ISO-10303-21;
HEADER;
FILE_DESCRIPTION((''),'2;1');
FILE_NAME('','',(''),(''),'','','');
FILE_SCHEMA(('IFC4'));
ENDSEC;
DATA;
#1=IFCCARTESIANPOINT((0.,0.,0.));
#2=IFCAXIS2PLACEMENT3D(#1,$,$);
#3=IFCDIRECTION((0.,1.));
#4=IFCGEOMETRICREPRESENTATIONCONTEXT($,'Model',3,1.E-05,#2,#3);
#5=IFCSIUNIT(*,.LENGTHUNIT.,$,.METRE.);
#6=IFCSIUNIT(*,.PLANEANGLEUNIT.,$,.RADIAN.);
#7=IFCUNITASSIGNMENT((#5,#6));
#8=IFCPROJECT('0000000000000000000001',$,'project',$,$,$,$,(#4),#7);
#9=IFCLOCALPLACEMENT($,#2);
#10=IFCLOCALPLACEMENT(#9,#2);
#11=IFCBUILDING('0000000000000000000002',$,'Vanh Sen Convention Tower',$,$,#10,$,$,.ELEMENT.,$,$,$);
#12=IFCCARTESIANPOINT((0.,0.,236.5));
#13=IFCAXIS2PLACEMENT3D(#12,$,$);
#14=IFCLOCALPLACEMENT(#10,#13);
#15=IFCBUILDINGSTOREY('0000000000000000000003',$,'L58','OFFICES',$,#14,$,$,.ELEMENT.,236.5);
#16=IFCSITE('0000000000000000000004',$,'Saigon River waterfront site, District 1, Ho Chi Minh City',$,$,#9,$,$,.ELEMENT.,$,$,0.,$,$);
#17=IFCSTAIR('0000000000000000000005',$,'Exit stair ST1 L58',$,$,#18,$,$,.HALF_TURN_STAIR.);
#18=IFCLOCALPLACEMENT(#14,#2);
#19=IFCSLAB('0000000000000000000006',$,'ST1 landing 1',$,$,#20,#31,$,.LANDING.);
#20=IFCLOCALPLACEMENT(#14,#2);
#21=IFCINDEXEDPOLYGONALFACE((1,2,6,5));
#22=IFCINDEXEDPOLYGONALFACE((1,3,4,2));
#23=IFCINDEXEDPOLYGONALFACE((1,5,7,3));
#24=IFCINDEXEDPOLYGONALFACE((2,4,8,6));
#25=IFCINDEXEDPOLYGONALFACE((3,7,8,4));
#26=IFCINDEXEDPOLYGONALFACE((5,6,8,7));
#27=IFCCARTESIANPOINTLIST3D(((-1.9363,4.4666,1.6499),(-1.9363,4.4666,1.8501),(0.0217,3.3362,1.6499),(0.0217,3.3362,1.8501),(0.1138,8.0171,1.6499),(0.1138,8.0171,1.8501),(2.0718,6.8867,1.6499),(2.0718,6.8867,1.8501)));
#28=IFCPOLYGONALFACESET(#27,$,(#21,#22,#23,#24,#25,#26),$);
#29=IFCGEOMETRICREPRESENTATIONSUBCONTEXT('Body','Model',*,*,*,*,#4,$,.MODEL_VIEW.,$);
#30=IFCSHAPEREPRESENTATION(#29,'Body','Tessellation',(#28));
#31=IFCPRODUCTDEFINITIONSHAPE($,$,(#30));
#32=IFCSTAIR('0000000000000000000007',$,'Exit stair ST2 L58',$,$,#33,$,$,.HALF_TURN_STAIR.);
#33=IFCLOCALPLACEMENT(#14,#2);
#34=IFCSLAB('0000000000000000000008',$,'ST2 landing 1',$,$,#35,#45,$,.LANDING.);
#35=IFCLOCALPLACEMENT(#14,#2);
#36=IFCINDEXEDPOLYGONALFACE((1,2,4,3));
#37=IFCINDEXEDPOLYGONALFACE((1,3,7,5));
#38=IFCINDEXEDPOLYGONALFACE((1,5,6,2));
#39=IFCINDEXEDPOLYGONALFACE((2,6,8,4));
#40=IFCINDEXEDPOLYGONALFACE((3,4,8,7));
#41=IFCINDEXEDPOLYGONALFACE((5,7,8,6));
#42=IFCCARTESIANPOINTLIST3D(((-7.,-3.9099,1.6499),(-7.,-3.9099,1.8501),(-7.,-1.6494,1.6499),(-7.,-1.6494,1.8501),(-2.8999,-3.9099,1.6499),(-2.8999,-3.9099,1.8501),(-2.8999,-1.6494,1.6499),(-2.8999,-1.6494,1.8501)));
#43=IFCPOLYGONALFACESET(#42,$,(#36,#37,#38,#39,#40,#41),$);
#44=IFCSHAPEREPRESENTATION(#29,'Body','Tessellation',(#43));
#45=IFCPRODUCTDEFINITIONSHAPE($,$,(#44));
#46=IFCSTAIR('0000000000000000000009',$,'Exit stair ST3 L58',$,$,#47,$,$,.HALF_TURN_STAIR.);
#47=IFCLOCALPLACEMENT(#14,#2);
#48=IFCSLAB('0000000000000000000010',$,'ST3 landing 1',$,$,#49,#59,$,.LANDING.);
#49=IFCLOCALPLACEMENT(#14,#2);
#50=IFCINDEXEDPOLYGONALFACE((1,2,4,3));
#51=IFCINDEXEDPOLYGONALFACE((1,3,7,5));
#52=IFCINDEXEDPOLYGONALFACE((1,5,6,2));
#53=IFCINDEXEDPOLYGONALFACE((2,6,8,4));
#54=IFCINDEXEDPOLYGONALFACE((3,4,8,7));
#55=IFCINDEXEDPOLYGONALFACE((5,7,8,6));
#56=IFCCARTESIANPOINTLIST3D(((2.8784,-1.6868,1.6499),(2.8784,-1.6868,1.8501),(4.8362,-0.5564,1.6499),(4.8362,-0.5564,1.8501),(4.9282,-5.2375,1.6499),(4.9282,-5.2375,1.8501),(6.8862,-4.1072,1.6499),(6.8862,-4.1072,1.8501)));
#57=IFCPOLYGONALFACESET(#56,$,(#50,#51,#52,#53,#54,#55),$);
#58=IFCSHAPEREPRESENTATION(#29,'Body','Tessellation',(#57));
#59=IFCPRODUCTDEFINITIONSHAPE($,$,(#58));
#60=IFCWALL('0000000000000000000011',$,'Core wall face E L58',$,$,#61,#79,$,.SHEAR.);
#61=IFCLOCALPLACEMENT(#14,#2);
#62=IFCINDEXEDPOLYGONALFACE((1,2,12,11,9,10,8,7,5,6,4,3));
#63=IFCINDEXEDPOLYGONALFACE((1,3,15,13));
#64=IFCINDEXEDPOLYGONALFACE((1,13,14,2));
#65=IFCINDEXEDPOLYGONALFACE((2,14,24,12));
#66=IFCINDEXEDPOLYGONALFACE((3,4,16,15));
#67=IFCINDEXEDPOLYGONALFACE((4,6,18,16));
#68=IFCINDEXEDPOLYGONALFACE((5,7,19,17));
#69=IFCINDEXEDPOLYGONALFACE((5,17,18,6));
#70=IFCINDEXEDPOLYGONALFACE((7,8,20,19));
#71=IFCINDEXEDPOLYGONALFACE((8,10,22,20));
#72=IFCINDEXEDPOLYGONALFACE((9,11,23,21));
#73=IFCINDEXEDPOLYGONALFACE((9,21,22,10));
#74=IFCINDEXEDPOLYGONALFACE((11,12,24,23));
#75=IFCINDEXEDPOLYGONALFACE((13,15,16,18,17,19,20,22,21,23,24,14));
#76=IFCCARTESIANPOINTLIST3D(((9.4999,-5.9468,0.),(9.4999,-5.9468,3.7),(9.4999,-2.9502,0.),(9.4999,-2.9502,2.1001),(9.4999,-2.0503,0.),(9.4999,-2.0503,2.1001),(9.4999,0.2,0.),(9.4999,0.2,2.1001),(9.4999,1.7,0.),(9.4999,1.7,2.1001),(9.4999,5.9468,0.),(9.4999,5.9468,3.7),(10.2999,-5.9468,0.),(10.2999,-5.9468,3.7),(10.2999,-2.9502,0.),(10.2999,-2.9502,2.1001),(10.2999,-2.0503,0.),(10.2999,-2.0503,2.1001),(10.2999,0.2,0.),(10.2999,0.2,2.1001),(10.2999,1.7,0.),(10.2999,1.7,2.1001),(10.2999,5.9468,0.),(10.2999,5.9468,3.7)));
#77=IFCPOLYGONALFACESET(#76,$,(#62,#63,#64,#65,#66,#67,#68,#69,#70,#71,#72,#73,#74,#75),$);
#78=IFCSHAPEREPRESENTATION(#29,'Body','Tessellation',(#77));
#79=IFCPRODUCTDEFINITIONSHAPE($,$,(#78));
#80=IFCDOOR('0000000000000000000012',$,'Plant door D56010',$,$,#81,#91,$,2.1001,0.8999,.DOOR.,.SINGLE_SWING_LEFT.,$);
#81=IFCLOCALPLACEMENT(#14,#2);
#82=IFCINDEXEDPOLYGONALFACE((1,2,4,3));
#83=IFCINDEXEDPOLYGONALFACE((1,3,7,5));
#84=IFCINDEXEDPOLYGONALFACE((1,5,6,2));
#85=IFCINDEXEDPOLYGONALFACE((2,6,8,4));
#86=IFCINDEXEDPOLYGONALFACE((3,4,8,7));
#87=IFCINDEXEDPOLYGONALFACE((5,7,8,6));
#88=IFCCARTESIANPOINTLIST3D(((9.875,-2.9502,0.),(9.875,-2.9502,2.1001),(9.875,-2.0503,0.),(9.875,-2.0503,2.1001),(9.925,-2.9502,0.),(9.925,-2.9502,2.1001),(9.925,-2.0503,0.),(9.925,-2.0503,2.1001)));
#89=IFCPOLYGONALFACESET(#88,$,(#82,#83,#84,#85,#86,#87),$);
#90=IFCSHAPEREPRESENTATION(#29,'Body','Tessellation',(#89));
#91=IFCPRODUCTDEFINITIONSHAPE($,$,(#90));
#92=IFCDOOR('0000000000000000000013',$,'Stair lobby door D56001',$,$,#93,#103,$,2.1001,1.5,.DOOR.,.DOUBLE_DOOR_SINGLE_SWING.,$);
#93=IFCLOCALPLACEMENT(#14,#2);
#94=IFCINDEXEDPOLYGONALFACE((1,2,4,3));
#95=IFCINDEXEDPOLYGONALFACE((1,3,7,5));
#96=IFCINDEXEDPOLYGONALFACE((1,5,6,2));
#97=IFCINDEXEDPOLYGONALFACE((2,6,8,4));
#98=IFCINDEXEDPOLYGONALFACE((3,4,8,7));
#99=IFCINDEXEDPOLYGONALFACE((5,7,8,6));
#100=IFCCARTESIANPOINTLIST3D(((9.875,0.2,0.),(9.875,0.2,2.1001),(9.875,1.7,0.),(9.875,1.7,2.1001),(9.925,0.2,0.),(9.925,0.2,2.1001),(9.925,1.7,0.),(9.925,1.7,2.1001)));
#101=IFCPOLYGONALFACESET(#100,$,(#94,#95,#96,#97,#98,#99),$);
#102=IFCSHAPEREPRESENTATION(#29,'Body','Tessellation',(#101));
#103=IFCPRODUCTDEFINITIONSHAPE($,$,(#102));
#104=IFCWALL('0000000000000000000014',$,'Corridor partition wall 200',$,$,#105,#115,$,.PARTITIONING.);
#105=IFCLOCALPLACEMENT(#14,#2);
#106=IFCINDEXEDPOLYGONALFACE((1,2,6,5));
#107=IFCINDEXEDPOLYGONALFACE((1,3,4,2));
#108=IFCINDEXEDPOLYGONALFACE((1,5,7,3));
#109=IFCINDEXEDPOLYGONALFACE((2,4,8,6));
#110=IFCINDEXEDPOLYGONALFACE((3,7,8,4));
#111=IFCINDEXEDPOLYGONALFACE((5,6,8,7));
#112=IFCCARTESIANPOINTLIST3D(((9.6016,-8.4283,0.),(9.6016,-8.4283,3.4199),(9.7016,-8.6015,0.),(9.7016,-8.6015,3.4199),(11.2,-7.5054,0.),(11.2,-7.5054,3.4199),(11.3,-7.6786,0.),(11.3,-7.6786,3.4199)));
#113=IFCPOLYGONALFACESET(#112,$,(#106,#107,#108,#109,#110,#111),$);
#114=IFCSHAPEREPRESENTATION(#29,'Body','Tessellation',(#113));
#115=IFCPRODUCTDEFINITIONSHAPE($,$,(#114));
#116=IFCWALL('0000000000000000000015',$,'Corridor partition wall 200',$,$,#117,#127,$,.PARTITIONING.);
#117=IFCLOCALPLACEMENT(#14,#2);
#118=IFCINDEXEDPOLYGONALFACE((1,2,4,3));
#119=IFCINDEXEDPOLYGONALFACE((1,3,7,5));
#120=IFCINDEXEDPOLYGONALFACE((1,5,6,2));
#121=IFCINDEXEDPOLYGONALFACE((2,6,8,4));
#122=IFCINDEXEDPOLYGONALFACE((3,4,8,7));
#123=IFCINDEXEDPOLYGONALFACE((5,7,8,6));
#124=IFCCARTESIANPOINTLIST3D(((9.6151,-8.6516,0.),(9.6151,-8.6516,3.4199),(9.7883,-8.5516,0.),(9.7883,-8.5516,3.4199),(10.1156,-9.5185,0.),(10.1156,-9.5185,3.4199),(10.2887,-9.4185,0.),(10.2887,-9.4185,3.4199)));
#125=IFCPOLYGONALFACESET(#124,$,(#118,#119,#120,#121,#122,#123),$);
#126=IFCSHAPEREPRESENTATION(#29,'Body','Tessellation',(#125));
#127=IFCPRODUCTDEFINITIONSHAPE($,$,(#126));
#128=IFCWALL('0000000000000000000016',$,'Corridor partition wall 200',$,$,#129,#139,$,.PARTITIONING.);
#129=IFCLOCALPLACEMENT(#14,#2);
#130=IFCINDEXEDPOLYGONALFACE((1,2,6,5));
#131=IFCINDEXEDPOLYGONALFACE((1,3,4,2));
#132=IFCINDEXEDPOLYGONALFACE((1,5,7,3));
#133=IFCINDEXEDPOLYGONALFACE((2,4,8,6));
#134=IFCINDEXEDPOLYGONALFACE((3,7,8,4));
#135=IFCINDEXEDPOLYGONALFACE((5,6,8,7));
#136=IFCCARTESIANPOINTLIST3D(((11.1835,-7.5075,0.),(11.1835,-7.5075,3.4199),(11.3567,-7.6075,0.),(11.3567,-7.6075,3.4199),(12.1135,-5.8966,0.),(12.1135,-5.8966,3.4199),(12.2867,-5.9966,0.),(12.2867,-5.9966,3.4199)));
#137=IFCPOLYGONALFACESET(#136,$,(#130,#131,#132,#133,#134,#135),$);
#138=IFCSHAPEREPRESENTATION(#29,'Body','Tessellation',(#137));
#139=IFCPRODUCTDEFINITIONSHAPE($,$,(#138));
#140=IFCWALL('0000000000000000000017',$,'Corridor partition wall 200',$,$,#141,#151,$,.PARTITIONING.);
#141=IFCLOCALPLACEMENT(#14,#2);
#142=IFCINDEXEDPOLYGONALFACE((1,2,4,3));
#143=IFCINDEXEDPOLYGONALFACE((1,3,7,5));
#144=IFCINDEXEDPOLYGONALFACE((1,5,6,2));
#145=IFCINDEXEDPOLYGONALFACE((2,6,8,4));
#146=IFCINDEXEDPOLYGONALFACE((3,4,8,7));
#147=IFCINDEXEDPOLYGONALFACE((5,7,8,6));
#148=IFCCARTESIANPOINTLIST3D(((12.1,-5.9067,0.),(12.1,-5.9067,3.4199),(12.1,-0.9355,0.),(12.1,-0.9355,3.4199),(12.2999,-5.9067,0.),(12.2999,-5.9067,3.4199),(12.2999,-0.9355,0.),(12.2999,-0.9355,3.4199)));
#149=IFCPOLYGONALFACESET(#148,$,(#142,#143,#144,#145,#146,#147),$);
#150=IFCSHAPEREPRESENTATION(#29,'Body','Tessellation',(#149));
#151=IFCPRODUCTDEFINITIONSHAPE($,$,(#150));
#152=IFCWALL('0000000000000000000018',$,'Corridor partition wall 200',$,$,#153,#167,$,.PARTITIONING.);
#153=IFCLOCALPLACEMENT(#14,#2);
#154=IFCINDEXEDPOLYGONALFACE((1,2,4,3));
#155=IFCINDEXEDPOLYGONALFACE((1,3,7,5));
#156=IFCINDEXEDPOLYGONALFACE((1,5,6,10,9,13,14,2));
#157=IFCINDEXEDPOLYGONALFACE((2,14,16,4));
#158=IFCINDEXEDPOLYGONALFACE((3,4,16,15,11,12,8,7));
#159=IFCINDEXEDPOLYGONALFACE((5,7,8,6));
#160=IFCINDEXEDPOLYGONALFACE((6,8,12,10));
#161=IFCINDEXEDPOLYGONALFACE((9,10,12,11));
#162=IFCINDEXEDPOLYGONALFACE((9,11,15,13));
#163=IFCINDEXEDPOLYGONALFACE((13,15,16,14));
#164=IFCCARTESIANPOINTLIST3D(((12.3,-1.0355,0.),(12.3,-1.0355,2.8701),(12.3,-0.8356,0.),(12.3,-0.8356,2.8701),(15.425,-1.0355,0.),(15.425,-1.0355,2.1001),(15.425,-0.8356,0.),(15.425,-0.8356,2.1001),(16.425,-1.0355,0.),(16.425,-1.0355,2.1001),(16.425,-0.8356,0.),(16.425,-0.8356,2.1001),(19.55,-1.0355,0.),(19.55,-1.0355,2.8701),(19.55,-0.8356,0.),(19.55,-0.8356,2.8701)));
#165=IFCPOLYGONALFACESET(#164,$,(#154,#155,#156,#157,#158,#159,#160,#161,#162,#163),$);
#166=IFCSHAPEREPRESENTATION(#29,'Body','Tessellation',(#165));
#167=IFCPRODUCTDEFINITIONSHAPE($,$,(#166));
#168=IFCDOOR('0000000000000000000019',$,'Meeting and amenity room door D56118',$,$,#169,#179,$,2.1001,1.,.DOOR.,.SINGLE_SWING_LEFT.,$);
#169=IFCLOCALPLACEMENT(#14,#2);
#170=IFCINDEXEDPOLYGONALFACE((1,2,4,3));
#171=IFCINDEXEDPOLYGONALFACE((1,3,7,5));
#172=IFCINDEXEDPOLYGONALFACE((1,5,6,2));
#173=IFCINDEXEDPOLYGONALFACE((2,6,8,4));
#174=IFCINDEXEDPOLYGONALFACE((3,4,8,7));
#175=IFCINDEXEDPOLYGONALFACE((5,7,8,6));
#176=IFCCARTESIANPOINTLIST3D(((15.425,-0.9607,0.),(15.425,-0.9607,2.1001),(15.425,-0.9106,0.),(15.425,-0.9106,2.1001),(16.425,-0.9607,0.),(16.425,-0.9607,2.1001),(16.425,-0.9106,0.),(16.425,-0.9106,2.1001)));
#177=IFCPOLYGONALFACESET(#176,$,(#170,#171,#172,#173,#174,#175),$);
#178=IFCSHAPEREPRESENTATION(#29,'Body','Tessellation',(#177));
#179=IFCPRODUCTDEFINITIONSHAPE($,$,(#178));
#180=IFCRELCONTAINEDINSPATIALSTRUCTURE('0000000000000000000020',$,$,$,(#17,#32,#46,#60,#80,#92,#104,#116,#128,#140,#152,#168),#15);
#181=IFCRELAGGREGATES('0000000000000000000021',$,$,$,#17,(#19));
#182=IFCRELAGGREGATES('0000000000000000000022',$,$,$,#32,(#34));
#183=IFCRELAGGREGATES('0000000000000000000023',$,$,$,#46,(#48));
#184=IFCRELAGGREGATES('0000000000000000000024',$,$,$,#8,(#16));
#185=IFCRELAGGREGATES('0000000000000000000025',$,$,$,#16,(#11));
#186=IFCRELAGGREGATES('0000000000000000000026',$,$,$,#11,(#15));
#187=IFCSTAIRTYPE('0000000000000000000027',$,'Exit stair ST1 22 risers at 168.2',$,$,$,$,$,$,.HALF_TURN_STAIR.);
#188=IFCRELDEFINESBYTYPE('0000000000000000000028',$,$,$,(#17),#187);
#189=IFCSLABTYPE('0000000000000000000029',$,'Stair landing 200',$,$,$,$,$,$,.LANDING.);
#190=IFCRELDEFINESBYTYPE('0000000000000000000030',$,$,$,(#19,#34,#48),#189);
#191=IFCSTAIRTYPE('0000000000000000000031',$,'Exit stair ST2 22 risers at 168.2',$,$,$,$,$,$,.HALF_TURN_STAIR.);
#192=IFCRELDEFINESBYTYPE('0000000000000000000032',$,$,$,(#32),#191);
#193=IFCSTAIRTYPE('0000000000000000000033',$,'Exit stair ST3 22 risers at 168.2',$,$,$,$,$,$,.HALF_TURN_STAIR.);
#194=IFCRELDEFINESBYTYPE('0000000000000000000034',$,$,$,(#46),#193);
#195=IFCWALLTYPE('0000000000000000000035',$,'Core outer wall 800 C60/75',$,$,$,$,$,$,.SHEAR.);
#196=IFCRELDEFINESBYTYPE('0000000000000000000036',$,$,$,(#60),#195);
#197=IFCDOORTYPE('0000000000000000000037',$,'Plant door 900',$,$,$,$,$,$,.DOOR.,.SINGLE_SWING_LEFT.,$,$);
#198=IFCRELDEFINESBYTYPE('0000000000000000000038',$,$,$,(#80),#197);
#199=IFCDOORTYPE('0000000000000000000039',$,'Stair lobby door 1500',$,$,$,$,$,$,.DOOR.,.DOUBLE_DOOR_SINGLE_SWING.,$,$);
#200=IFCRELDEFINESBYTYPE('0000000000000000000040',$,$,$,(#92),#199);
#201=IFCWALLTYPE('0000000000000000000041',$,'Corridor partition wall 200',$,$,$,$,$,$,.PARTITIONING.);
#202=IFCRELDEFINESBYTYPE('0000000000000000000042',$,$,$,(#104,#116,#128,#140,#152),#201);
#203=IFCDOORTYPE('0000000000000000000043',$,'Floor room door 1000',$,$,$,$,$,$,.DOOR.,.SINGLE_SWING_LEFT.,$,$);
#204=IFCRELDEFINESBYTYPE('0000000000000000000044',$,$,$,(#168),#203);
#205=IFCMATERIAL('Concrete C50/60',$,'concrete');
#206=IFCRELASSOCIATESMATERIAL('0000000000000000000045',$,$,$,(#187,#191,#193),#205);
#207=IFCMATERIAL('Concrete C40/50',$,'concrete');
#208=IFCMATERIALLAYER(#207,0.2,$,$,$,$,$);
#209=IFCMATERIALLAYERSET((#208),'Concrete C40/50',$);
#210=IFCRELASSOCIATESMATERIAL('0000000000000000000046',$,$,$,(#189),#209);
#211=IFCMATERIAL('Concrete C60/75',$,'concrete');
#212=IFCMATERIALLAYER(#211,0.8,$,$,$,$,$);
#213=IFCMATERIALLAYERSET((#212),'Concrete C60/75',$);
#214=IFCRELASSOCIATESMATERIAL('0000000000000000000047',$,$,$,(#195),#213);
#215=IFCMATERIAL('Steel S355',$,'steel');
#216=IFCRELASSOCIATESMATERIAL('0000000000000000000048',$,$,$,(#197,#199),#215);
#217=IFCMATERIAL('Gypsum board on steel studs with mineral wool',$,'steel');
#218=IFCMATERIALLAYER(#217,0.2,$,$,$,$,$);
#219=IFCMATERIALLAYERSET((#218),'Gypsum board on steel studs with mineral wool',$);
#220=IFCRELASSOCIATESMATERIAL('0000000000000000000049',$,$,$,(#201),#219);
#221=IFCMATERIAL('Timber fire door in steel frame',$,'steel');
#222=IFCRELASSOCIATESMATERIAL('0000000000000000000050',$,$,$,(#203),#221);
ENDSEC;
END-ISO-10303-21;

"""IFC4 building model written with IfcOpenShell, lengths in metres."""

from ifc_helpers import new_model, si_unit, direction, frame, frame_2d, origin, place, context, subcontext, project, spatial, polyline, rectangle, outline, extrude, material, layer, layer_set, type_object, element, fill, aggregate, save


model = new_model("IFC4")

# Units and contexts
model_context = context("Model", 3, precision=1e-05, world=origin(), true_north=direction((0.0, 1.0)))
body_context = subcontext(model_context, "Body", "Model", "MODEL_VIEW")
ifc_project = project(units=[si_unit("LENGTHUNIT", "METRE"), si_unit("PLANEANGLEUNIT", "RADIAN")], contexts=[model_context])

# Site, building, storey
site_placement = place(None, origin())
site = spatial("IfcSite", under=ifc_project, at=site_placement, Name="Saigon River waterfront site, District 1, Ho Chi Minh City", CompositionType="ELEMENT", RefElevation=0.0)
building_placement = place(site_placement, origin())
building = spatial("IfcBuilding", under=site, at=building_placement, Name="Vanh Sen Convention Tower", CompositionType="ELEMENT")
storey_placement = place(building_placement, frame((0.0, 0.0, 236.5)))
storey = spatial("IfcBuildingStorey", under=building, at=storey_placement, Name="L58", Description="OFFICES", CompositionType="ELEMENT", Elevation=236.5)

# Stairs, slabs
ifc_material_1 = material(Name="Concrete C50/60", Category="concrete")
stair_type_1 = type_object("IfcStairType", Name="Exit stair ST1 22 risers at 168.2", PredefinedType="HALF_TURN_STAIR", material=ifc_material_1)
stair_1_placement = place(storey_placement, origin())
stair_1 = element("IfcStair", 1, at=stair_1_placement, inside=storey, type_object=stair_type_1, Name="Exit stair ST1 L58", PredefinedType="HALF_TURN_STAIR")
ifc_material_2 = material(Name="Concrete C40/50", Category="concrete")
ifc_layer_1 = layer(ifc_material_2, 0.2)
ifc_layer_set_1 = layer_set([ifc_layer_1], Name="Concrete C40/50")
slab_type = type_object("IfcSlabType", Name="Stair landing 200", PredefinedType="LANDING", material=ifc_layer_set_1)
slab_1_placement = place(storey_placement, frame((0.0, 0.0, 1.6499)))
slab_1 = element("IfcSlab", 2, at=slab_1_placement, type_object=slab_type, Name="ST1 landing 1", PredefinedType="LANDING", context=body_context, shape_type="SweptSolid", body=[
    extrude(outline(polyline([(2.0718, 6.8867), (0.1138, 8.0171), (-1.9363, 4.4666), (0.0217, 3.3362), (2.0718, 6.8867)])), origin(), (0.0, 0.0, 1.0), 0.2002),
])
aggregate(stair_1, [slab_1])
stair_type_2 = type_object("IfcStairType", Name="Exit stair ST2 22 risers at 168.2", PredefinedType="HALF_TURN_STAIR", material=ifc_material_1)
stair_2_placement = place(storey_placement, origin())
stair_2 = element("IfcStair", 3, at=stair_2_placement, inside=storey, type_object=stair_type_2, Name="Exit stair ST2 L58", PredefinedType="HALF_TURN_STAIR")
slab_2_placement = place(storey_placement, frame((0.0, 0.0, 1.6499)))
slab_2 = element("IfcSlab", 4, at=slab_2_placement, type_object=slab_type, Name="ST2 landing 1", PredefinedType="LANDING", context=body_context, shape_type="SweptSolid", body=[
    extrude(outline(polyline([(-7.0, -1.6494), (-7.0, -3.9099), (-2.8999, -3.9099), (-2.8999, -1.6494), (-7.0, -1.6494)])), origin(), (0.0, 0.0, 1.0), 0.2002),
])
aggregate(stair_2, [slab_2])
stair_type_3 = type_object("IfcStairType", Name="Exit stair ST3 22 risers at 168.2", PredefinedType="HALF_TURN_STAIR", material=ifc_material_1)
stair_3_placement = place(storey_placement, origin())
stair_3 = element("IfcStair", 5, at=stair_3_placement, inside=storey, type_object=stair_type_3, Name="Exit stair ST3 L58", PredefinedType="HALF_TURN_STAIR")
slab_3_placement = place(storey_placement, frame((0.0, 0.0, 1.6499)))
slab_3 = element("IfcSlab", 6, at=slab_3_placement, type_object=slab_type, Name="ST3 landing 1", PredefinedType="LANDING", context=body_context, shape_type="SweptSolid", body=[
    extrude(outline(polyline([(4.9282, -5.2375), (6.8862, -4.1072), (4.8362, -0.5564), (2.8784, -1.6868), (4.9282, -5.2375)])), origin(), (0.0, 0.0, 1.0), 0.2002),
])
aggregate(stair_3, [slab_3])

# Wall, openings, doors
ifc_material_3 = material(Name="Concrete C60/75", Category="concrete")
ifc_layer_2 = layer(ifc_material_3, 0.8)
ifc_layer_set_2 = layer_set([ifc_layer_2], Name="Concrete C60/75")
wall_type_1 = type_object("IfcWallType", Name="Core outer wall 800 C60/75", PredefinedType="SHEAR", material=ifc_layer_set_2)
wall_1_placement = place(storey_placement, frame((9.8999, -5.9468, 0.0), z_axis=(0.0, 0.0, 1.0), x_axis=(0.0, 1.0, 0.0)))
wall_1 = element("IfcWall", 7, at=wall_1_placement, inside=storey, type_object=wall_type_1, Name="Core wall face E L58", PredefinedType="SHEAR", context=body_context, shape_type="SweptSolid", body=[
    extrude(rectangle(XDim=11.8936, YDim=0.8, at=frame_2d((5.9468, 0.0))), origin(), (0.0, 0.0, 1.0), 3.7),
])
opening_1_placement = place(wall_1_placement, frame((6.1467, 0.0, 0.0)))
opening_1 = element("IfcOpeningElement", 8, at=opening_1_placement, cuts=wall_1, PredefinedType="OPENING", context=body_context, shape_type="SweptSolid", body=[
    extrude(rectangle(XDim=1.5, YDim=2.1001, at=frame_2d((0.75, 1.05))), frame((0.0, 0.4099, 0.0), z_axis=(0.0, -1.0, 0.0), x_axis=(1.0, 0.0, 0.0)), (0.0, 0.0, 1.0), 0.8201),
])
opening_2_placement = place(wall_1_placement, frame((2.9966, 0.0, 0.0)))
opening_2 = element("IfcOpeningElement", 9, at=opening_2_placement, cuts=wall_1, PredefinedType="OPENING", context=body_context, shape_type="SweptSolid", body=[
    extrude(rectangle(XDim=0.8999, YDim=2.1001, at=frame_2d((0.45, 1.05))), frame((0.0, 0.4099, 0.0), z_axis=(0.0, -1.0, 0.0), x_axis=(1.0, 0.0, 0.0)), (0.0, 0.0, 1.0), 0.8201),
])
ifc_material_4 = material(Name="Steel S355", Category="steel")
door_type_1 = type_object("IfcDoorType", Name="Plant door 900", OperationType="SINGLE_SWING_LEFT", PredefinedType="DOOR", material=ifc_material_4)
door_1_placement = place(opening_2_placement, origin())
door_1 = element("IfcDoor", 10, at=door_1_placement, inside=storey, type_object=door_type_1, Name="Plant door D56010", OperationType="SINGLE_SWING_LEFT", OverallHeight=2.1001, OverallWidth=0.8999, PredefinedType="DOOR", context=body_context, shape_type="SweptSolid", body=[
    extrude(rectangle(XDim=0.8999, YDim=2.1001, at=frame_2d((0.45, 1.05))), frame((0.0, 0.0249, 0.0), z_axis=(0.0, -1.0, 0.0), x_axis=(1.0, 0.0, 0.0)), (0.0, 0.0, 1.0), 0.05),
])
fill(opening_2, door_1)
door_type_2 = type_object("IfcDoorType", Name="Stair lobby door 1500", OperationType="DOUBLE_DOOR_SINGLE_SWING", PredefinedType="DOOR", material=ifc_material_4)
door_2_placement = place(opening_1_placement, origin())
door_2 = element("IfcDoor", 11, at=door_2_placement, inside=storey, type_object=door_type_2, Name="Stair lobby door D56001", OperationType="DOUBLE_DOOR_SINGLE_SWING", OverallHeight=2.1001, OverallWidth=1.5, PredefinedType="DOOR", context=body_context, shape_type="SweptSolid", body=[
    extrude(rectangle(XDim=1.5, YDim=2.1001, at=frame_2d((0.75, 1.05))), frame((0.0, 0.0249, 0.0), z_axis=(0.0, -1.0, 0.0), x_axis=(1.0, 0.0, 0.0)), (0.0, 0.0, 1.0), 0.05),
])
fill(opening_1, door_2)

# Walls
ifc_material_5 = material(Name="Gypsum board on steel studs with mineral wool", Category="steel")
ifc_layer_3 = layer(ifc_material_5, 0.2)
ifc_layer_set_3 = layer_set([ifc_layer_3], Name="Gypsum board on steel studs with mineral wool")
wall_type_2 = type_object("IfcWallType", Name="Corridor partition wall 200", PredefinedType="PARTITIONING", material=ifc_layer_set_3)
wall_2_placement = place(storey_placement, frame((9.6516, -8.5149, 0.0), z_axis=(0.0, 0.0, 1.0), x_axis=(0.86602, 0.500009, 0.0)))
element("IfcWall", 12, at=wall_2_placement, inside=storey, type_object=wall_type_2, Name="Corridor partition wall 200", PredefinedType="PARTITIONING", context=body_context, shape_type="SweptSolid", body=[
    extrude(rectangle(XDim=1.8457, YDim=0.2, at=frame_2d((0.9229, 0.0))), origin(), (0.0, 0.0, 1.0), 3.4199),
])
wall_3_placement = place(storey_placement, frame((10.2021, -9.4685, 0.0), z_axis=(0.0, 0.0, 1.0), x_axis=(-0.499969, 0.866043, 0.0)))
element("IfcWall", 13, at=wall_3_placement, inside=storey, type_object=wall_type_2, Name="Corridor partition wall 200", PredefinedType="PARTITIONING", context=body_context, shape_type="SweptSolid", body=[
    extrude(rectangle(XDim=1.001, YDim=0.2, at=frame_2d((0.5005, 0.0))), origin(), (0.0, 0.0, 1.0), 3.4199),
])
wall_4_placement = place(storey_placement, frame((11.27, -7.5576, 0.0), z_axis=(0.0, 0.0, 1.0), x_axis=(0.499965, 0.866046, 0.0)))
element("IfcWall", 14, at=wall_4_placement, inside=storey, type_object=wall_type_2, Name="Corridor partition wall 200", PredefinedType="PARTITIONING", context=body_context, shape_type="SweptSolid", body=[
    extrude(rectangle(XDim=1.8601, YDim=0.2, at=frame_2d((0.9302, 0.0))), origin(), (0.0, 0.0, 1.0), 3.4199),
])
wall_5_placement = place(storey_placement, frame((12.2, -5.9067, 0.0), z_axis=(0.0, 0.0, 1.0), x_axis=(0.0, 1.0, 0.0)))
element("IfcWall", 15, at=wall_5_placement, inside=storey, type_object=wall_type_2, Name="Corridor partition wall 200", PredefinedType="PARTITIONING", context=body_context, shape_type="SweptSolid", body=[
    extrude(rectangle(XDim=4.9712, YDim=0.2, at=frame_2d((2.4856, 0.0))), origin(), (0.0, 0.0, 1.0), 3.4199),
])

# Wall, opening, door
wall_6_placement = place(storey_placement, frame((12.3, -0.9355, 0.0), z_axis=(0.0, 0.0, 1.0), x_axis=(1.0, 0.0, 0.0)))
wall_6 = element("IfcWall", 16, at=wall_6_placement, inside=storey, type_object=wall_type_2, Name="Corridor partition wall 200", PredefinedType="PARTITIONING", context=body_context, shape_type="SweptSolid", body=[
    extrude(rectangle(XDim=7.25, YDim=0.2, at=frame_2d((3.625, 0.0))), origin(), (0.0, 0.0, 1.0), 2.8701),
])
opening_3_placement = place(wall_6_placement, frame((3.125, 0.0, 0.0)))
opening_3 = element("IfcOpeningElement", 17, at=opening_3_placement, cuts=wall_6, PredefinedType="OPENING", context=body_context, shape_type="SweptSolid", body=[
    extrude(rectangle(XDim=1.0, YDim=2.1001, at=frame_2d((0.5, 1.05))), frame((0.0, 0.1099, 0.0), z_axis=(0.0, -1.0, 0.0), x_axis=(1.0, 0.0, 0.0)), (0.0, 0.0, 1.0), 0.22),
])
ifc_material_6 = material(Name="Timber fire door in steel frame", Category="steel")
door_type_3 = type_object("IfcDoorType", Name="Floor room door 1000", OperationType="SINGLE_SWING_LEFT", PredefinedType="DOOR", material=ifc_material_6)
door_3_placement = place(opening_3_placement, origin())
door_3 = element("IfcDoor", 18, at=door_3_placement, inside=storey, type_object=door_type_3, Name="Meeting and amenity room door D56118", OperationType="SINGLE_SWING_LEFT", OverallHeight=2.1001, OverallWidth=1.0, PredefinedType="DOOR", context=body_context, shape_type="SweptSolid", body=[
    extrude(rectangle(XDim=1.0, YDim=2.1001, at=frame_2d((0.5, 1.05))), frame((0.0, 0.0249, 0.0), z_axis=(0.0, -1.0, 0.0), x_axis=(1.0, 0.0, 0.0)), (0.0, 0.0, 1.0), 0.05),
])
fill(opening_3, door_3)

save(model, "model.ifc")
